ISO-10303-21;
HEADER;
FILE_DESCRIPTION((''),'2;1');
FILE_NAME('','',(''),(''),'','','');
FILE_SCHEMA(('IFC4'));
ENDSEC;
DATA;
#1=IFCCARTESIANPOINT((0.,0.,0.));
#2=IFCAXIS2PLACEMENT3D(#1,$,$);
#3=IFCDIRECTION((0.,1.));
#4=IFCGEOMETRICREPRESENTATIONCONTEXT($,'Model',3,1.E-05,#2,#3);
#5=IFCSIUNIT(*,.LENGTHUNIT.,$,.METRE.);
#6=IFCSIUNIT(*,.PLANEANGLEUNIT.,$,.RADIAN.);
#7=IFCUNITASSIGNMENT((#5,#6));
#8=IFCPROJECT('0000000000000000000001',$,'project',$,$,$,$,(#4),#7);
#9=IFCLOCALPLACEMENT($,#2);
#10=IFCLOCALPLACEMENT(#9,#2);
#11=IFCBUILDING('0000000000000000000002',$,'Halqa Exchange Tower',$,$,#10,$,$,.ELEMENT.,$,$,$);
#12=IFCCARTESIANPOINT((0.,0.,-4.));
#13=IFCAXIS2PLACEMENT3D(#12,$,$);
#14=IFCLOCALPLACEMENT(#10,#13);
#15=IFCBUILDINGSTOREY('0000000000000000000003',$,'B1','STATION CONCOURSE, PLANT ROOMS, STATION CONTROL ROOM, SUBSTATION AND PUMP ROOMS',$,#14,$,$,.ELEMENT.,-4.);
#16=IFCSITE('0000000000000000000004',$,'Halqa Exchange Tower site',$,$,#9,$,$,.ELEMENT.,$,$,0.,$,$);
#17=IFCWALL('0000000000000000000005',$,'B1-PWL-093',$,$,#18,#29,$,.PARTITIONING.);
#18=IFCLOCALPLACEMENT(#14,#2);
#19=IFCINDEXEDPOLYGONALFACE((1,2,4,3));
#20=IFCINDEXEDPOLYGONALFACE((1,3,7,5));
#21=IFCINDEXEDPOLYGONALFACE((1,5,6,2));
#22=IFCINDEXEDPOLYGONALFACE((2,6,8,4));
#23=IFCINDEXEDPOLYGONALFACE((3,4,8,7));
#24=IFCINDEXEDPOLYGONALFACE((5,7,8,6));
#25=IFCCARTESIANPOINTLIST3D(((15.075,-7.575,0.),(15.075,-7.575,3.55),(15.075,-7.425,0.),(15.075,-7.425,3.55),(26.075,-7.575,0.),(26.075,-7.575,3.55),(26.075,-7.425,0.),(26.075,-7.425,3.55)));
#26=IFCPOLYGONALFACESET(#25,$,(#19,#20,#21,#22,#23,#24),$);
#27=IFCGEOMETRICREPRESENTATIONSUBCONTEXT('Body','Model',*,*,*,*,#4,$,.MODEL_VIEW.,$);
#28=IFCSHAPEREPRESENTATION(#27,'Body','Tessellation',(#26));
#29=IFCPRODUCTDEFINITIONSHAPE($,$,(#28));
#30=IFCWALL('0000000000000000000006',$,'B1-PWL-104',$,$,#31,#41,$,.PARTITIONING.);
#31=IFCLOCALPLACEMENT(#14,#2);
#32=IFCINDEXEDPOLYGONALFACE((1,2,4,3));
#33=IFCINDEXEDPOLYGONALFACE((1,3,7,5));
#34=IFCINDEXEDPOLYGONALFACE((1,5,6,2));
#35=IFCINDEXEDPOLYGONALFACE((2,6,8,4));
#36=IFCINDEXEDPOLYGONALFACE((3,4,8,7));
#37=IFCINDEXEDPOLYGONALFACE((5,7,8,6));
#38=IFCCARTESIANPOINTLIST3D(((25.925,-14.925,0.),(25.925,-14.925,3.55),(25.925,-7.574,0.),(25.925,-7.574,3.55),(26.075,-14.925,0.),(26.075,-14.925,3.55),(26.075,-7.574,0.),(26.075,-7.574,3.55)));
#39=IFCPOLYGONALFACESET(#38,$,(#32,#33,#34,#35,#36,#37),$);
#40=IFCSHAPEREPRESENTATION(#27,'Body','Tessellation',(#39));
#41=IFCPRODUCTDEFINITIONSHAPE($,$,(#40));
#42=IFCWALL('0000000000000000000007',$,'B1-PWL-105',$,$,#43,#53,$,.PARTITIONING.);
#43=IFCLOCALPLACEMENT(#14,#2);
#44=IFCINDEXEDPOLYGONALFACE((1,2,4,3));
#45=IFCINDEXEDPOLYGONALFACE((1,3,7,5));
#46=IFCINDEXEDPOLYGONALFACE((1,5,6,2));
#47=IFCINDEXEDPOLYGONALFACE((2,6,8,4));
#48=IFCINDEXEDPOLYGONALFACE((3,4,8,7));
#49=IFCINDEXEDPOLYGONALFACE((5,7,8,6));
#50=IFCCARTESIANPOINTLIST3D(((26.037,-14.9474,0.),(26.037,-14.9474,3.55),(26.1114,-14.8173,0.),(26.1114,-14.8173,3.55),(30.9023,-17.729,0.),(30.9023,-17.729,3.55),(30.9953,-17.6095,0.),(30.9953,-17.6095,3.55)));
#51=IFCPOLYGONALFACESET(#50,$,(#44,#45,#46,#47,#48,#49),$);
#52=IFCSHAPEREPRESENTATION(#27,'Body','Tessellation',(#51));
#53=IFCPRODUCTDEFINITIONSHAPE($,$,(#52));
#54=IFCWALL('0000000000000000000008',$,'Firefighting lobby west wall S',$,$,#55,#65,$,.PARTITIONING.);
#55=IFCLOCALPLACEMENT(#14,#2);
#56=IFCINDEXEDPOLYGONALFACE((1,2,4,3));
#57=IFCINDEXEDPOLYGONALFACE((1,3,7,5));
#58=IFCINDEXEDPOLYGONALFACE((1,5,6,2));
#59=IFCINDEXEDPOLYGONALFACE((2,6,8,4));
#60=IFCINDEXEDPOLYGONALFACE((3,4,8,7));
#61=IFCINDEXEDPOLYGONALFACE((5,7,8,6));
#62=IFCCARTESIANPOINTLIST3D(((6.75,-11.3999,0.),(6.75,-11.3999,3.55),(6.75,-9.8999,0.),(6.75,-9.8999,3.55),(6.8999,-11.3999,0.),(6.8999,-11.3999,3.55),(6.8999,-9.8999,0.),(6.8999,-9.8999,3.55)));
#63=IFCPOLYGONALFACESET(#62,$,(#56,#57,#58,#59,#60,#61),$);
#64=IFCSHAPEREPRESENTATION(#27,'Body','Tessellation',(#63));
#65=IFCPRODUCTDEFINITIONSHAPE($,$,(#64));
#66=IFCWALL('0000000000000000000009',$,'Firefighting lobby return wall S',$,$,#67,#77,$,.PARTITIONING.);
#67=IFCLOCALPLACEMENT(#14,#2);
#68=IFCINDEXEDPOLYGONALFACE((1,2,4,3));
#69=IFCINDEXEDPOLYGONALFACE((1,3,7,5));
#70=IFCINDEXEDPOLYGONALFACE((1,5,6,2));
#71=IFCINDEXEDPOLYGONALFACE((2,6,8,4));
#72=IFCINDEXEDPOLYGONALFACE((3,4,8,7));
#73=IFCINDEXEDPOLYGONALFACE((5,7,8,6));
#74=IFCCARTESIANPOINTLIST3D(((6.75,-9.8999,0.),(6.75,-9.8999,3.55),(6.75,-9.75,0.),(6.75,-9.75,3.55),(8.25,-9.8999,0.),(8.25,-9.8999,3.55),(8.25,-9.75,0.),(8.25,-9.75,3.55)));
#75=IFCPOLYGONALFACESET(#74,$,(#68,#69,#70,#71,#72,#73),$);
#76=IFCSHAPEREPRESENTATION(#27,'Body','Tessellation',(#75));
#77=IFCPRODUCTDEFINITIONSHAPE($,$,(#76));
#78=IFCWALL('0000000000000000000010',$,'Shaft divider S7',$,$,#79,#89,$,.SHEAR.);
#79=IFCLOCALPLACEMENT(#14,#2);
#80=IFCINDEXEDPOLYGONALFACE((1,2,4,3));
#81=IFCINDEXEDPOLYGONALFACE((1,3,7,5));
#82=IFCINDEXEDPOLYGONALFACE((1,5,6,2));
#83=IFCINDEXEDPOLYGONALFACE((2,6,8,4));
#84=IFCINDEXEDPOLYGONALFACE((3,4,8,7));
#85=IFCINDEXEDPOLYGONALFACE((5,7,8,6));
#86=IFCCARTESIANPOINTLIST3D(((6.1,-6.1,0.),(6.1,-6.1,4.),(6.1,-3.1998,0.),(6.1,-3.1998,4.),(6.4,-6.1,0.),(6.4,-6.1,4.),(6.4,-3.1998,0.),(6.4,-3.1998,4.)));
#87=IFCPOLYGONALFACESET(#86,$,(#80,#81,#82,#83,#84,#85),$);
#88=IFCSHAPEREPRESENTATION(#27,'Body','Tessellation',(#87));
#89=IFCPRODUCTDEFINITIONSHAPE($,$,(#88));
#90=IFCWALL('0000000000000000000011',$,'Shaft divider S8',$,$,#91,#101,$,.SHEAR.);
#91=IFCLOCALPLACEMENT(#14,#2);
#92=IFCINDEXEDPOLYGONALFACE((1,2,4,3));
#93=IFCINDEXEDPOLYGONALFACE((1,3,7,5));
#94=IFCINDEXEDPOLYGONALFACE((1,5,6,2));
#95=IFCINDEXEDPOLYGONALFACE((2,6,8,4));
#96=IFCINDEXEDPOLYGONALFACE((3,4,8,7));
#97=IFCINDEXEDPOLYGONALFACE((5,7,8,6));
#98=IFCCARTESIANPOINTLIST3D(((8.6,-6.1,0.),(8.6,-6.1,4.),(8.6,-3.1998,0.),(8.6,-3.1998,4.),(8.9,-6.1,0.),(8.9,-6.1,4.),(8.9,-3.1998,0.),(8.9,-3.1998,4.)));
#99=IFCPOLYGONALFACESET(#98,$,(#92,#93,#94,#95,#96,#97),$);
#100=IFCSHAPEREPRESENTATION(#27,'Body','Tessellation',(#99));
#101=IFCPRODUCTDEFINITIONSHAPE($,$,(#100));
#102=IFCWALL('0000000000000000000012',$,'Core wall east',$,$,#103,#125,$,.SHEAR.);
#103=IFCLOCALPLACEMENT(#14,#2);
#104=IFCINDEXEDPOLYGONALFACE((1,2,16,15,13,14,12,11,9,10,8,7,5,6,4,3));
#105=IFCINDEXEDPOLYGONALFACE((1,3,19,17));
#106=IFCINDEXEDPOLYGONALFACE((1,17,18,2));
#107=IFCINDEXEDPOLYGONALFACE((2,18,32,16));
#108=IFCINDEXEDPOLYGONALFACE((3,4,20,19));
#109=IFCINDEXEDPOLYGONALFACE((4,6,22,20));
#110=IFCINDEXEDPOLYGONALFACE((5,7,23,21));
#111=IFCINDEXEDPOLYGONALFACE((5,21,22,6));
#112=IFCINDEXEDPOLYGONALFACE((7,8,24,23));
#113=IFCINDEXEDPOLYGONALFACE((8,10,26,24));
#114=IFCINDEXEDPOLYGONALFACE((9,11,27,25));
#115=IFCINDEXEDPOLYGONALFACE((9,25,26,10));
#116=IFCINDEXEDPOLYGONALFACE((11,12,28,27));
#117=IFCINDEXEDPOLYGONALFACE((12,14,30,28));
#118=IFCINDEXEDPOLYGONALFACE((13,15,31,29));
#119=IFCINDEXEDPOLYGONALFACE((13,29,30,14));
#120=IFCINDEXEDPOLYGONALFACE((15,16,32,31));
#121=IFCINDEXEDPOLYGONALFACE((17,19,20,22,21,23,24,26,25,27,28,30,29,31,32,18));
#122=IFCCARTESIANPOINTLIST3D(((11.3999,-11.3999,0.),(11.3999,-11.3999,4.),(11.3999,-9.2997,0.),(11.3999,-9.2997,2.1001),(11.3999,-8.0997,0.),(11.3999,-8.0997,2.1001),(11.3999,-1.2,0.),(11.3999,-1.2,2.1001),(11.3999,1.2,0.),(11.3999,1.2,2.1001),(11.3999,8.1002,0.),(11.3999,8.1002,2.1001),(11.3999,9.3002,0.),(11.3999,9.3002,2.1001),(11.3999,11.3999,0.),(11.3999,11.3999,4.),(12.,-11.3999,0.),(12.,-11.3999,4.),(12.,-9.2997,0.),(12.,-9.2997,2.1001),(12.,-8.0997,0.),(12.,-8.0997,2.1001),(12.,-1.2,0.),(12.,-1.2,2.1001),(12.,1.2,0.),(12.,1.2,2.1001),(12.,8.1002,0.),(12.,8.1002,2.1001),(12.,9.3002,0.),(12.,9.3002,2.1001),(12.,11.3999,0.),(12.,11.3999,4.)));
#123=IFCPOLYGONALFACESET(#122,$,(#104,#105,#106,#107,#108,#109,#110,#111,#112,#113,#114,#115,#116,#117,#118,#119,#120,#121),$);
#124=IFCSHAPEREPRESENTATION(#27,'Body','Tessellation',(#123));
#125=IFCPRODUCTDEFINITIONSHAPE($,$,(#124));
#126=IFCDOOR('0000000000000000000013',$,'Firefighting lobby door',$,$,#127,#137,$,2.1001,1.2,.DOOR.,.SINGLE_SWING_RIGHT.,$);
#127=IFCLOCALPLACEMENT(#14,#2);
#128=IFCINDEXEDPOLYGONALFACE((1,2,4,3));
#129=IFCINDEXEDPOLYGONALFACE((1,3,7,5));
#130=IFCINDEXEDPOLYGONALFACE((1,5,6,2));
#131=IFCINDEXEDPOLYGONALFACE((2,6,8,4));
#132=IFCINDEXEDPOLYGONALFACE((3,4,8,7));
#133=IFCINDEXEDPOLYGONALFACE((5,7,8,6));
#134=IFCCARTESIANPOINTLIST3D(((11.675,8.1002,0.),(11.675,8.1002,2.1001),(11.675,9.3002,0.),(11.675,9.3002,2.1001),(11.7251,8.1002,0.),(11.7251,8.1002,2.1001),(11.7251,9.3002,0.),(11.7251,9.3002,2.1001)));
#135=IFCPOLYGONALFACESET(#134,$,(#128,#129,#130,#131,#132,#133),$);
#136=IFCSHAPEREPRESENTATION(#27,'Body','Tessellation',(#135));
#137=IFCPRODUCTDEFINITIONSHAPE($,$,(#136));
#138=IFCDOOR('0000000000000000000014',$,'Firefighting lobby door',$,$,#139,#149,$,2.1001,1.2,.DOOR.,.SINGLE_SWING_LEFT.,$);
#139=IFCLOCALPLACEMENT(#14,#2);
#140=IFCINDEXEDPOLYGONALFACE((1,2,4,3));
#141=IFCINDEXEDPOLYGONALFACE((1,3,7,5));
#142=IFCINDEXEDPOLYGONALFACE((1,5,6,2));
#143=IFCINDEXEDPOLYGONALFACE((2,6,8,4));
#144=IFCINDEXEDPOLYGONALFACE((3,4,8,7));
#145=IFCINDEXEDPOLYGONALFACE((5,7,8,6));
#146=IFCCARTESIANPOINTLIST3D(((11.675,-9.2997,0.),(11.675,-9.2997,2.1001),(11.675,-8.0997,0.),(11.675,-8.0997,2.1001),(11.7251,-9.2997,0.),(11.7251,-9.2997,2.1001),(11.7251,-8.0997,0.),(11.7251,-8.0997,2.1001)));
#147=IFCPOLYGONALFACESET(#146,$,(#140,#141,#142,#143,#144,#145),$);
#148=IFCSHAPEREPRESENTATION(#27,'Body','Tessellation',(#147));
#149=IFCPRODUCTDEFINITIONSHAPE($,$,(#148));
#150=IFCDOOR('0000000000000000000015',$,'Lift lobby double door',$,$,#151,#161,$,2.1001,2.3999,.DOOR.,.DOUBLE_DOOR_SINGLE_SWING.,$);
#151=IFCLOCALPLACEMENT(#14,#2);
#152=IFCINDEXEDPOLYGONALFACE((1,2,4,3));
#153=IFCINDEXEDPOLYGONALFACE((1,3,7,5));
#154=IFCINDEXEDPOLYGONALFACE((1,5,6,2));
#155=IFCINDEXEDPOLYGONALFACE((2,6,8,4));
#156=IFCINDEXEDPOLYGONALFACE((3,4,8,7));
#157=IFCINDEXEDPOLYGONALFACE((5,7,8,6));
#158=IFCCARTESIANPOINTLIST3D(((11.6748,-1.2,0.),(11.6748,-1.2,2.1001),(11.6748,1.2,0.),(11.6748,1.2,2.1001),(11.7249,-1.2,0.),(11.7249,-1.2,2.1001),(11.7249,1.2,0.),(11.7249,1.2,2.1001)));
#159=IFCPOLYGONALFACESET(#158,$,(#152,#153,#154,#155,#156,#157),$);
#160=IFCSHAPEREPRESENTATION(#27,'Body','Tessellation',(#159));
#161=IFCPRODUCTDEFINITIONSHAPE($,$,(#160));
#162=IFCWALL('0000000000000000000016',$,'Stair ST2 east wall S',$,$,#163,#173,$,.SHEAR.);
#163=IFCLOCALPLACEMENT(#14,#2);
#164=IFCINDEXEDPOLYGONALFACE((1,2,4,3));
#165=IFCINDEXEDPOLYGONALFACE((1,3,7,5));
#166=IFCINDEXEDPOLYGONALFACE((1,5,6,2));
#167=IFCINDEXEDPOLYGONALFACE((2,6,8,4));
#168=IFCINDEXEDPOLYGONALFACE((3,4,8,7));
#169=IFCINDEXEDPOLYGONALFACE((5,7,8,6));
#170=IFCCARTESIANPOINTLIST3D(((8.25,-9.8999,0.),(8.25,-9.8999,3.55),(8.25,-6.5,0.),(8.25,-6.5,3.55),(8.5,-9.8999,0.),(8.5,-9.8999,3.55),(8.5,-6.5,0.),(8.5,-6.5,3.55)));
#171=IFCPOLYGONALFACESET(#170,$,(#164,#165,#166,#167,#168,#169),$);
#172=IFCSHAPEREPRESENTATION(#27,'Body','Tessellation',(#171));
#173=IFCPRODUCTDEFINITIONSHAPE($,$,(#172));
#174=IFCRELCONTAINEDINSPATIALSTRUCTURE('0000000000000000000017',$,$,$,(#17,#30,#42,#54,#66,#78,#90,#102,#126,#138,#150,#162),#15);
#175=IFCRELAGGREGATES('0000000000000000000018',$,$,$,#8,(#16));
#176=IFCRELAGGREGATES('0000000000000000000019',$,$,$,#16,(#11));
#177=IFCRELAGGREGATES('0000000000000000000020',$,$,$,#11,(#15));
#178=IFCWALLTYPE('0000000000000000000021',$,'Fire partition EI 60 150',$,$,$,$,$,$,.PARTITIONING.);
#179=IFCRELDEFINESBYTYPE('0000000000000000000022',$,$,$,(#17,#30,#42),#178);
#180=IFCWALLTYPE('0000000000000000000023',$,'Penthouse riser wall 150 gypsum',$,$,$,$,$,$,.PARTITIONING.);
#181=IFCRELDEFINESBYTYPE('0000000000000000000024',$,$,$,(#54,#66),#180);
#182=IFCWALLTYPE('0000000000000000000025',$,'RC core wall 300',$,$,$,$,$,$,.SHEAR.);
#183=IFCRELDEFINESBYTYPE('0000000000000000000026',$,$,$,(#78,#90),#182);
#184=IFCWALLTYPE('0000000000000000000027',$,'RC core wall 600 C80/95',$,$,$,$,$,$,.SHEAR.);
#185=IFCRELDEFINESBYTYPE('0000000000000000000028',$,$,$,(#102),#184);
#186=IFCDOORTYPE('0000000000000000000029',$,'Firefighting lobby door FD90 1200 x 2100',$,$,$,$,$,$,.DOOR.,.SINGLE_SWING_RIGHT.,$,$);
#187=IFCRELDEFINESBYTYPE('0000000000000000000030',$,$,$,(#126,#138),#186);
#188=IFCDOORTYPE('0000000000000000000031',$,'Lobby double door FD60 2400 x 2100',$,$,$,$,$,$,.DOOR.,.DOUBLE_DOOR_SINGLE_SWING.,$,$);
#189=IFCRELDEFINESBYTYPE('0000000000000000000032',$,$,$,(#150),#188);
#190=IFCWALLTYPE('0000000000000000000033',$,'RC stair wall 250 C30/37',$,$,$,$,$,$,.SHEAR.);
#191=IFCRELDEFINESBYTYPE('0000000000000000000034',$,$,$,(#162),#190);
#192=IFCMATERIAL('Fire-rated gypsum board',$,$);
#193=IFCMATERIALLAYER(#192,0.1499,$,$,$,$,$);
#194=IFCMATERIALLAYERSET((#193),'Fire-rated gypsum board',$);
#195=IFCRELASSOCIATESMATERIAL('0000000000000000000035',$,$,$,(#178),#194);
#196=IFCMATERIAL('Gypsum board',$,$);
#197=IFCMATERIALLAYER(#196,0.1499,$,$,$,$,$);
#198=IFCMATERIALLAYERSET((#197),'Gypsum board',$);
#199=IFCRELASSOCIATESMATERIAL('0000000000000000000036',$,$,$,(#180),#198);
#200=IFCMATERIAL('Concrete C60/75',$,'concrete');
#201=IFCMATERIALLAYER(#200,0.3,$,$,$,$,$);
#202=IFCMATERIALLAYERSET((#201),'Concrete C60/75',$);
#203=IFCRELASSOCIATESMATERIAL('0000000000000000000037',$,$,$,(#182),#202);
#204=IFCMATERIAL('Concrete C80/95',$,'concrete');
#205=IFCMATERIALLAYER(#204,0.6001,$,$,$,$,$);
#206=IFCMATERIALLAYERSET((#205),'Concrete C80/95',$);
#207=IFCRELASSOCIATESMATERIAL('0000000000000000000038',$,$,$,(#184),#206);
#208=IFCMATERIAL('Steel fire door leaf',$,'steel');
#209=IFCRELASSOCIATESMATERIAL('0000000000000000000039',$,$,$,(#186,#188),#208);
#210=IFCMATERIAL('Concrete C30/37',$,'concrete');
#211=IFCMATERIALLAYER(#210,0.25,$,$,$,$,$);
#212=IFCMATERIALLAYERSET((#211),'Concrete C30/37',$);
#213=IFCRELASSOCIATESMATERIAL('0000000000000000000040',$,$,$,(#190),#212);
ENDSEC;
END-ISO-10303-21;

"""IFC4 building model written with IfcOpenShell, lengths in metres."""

from ifc_helpers import new_model, si_unit, direction, frame, frame_2d, origin, place, context, subcontext, project, spatial, polyline, rectangle, outline, extrude, material, layer, layer_set, type_object, element, fill, save


model = new_model("IFC4")

# Units and contexts
model_context = context("Model", 3, precision=1e-05, world=origin(), true_north=direction((0.0, 1.0)))
body_context = subcontext(model_context, "Body", "Model", "MODEL_VIEW")
ifc_project = project(units=[si_unit("LENGTHUNIT", "METRE"), si_unit("PLANEANGLEUNIT", "RADIAN")], contexts=[model_context])

# Site, building, storey
site_placement = place(None, origin())
site = spatial("IfcSite", under=ifc_project, at=site_placement, Name="Halqa Exchange Tower site", CompositionType="ELEMENT", RefElevation=0.0)
building_placement = place(site_placement, origin())
building = spatial("IfcBuilding", under=site, at=building_placement, Name="Halqa Exchange Tower", CompositionType="ELEMENT")
storey_placement = place(building_placement, frame((0.0, 0.0, -4.0)))
storey = spatial("IfcBuildingStorey", under=building, at=storey_placement, Name="B1", Description="STATION CONCOURSE, PLANT ROOMS, STATION CONTROL ROOM, SUBSTATION AND PUMP ROOMS", CompositionType="ELEMENT", Elevation=-4.0)

# Shared definitions
ifc_material_1 = material(Name="Fire-rated gypsum board")
ifc_layer_1 = layer(ifc_material_1, 0.1499)
ifc_layer_set_1 = layer_set([ifc_layer_1], Name="Fire-rated gypsum board")
wall_type_1 = type_object("IfcWallType", Name="Fire partition EI 60 150", PredefinedType="PARTITIONING", material=ifc_layer_set_1)

# Shared definitions
ifc_material_2 = material(Name="Steel fire door leaf", Category="steel")

# Walls
wall_1_placement = place(storey_placement, frame((15.075, -7.5, 0.0), z_axis=(0.0, 0.0, 1.0), x_axis=(1.0, 0.0, 0.0)))
element("IfcWall", 1, at=wall_1_placement, inside=storey, type_object=wall_type_1, Name="B1-PWL-093", PredefinedType="PARTITIONING", context=body_context, shape_type="SweptSolid", body=[
    extrude(rectangle(XDim=11.0, YDim=0.1499, at=frame_2d((5.5, 0.0))), origin(), (0.0, 0.0, 1.0), 3.55),
])
wall_2_placement = place(storey_placement, frame((26.0, -14.925, 0.0), z_axis=(0.0, 0.0, 1.0), x_axis=(0.0, 1.0, 0.0)))
element("IfcWall", 2, at=wall_2_placement, inside=storey, type_object=wall_type_1, Name="B1-PWL-104", PredefinedType="PARTITIONING", context=body_context, shape_type="SweptSolid", body=[
    extrude(rectangle(XDim=7.3511, YDim=0.1499, at=frame_2d((3.6755, 0.0))), origin(), (0.0, 0.0, 1.0), 3.55),
])
wall_3_placement = place(storey_placement, frame((26.0742, -14.8823, 0.0), z_axis=(0.0, 0.0, 1.0), x_axis=(0.868133, -0.496331, 0.0)))
element("IfcWall", 3, at=wall_3_placement, inside=storey, type_object=wall_type_1, Name="B1-PWL-105", PredefinedType="PARTITIONING", context=body_context, shape_type="SweptSolid", body=[
    extrude(outline(polyline([(0.0, -0.075), (5.6042, -0.075), (5.6257, 0.075), (0.0, 0.075), (0.0, -0.075)])), origin(), (0.0, 0.0, 1.0), 3.55),
])
ifc_material_3 = material(Name="Gypsum board")
ifc_layer_2 = layer(ifc_material_3, 0.1499)
ifc_layer_set_2 = layer_set([ifc_layer_2], Name="Gypsum board")
wall_type_2 = type_object("IfcWallType", Name="Penthouse riser wall 150 gypsum", PredefinedType="PARTITIONING", material=ifc_layer_set_2)
for number, where, z_axis, x_axis, name in (
    (4, (6.825, -11.3999, 0.0), (0.0, 0.0, 1.0), (0.0, 1.0, 0.0), "Firefighting lobby west wall S"),
    (5, (6.75, -9.825, 0.0), (0.0, 0.0, 1.0), (1.0, 0.0, 0.0), "Firefighting lobby return wall S"),
):
    element("IfcWall", number, at=place(storey_placement, frame(where, z_axis=z_axis, x_axis=x_axis)), inside=storey, type_object=wall_type_2, Name=name, PredefinedType="PARTITIONING", context=body_context, shape_type="SweptSolid", body=[
        extrude(rectangle(XDim=1.5, YDim=0.1499, at=frame_2d((0.75, 0.0))), origin(), (0.0, 0.0, 1.0), 3.55),
    ])
ifc_material_4 = material(Name="Concrete C60/75", Category="concrete")
ifc_layer_3 = layer(ifc_material_4, 0.3)
ifc_layer_set_3 = layer_set([ifc_layer_3], Name="Concrete C60/75")
wall_type_3 = type_object("IfcWallType", Name="RC core wall 300", PredefinedType="SHEAR", material=ifc_layer_set_3)
for number, where, z_axis, x_axis, name in (
    (6, (6.25, -6.1001, 0.0), (0.0, 0.0, 1.0), (0.0, 1.0, 0.0), "Shaft divider S7"),
    (7, (8.75, -6.1001, 0.0), (0.0, 0.0, 1.0), (0.0, 1.0, 0.0), "Shaft divider S8"),
):
    element("IfcWall", number, at=place(storey_placement, frame(where, z_axis=z_axis, x_axis=x_axis)), inside=storey, type_object=wall_type_3, Name=name, PredefinedType="SHEAR", context=body_context, shape_type="SweptSolid", body=[
        extrude(rectangle(XDim=2.9001, YDim=0.3, at=frame_2d((1.4502, 0.0))), origin(), (0.0, 0.0, 1.0), 4.0),
    ])

# Wall, openings, doors
ifc_material_5 = material(Name="Concrete C80/95", Category="concrete")
ifc_layer_4 = layer(ifc_material_5, 0.6001)
ifc_layer_set_4 = layer_set([ifc_layer_4], Name="Concrete C80/95")
wall_type_4 = type_object("IfcWallType", Name="RC core wall 600 C80/95", PredefinedType="SHEAR", material=ifc_layer_set_4)
wall_4_placement = place(storey_placement, frame((11.7, -11.3999, 0.0), z_axis=(0.0, 0.0, 1.0), x_axis=(0.0, 1.0, 0.0)))
wall_4 = element("IfcWall", 8, at=wall_4_placement, inside=storey, type_object=wall_type_4, Name="Core wall east", PredefinedType="SHEAR", context=body_context, shape_type="SweptSolid", body=[
    extrude(rectangle(XDim=22.7998, YDim=0.6001, at=frame_2d((11.3999, 0.0))), origin(), (0.0, 0.0, 1.0), 4.0),
])
opening_1_placement = place(wall_4_placement, frame((10.2, 0.0, 0.0)))
opening_1 = element("IfcOpeningElement", 9, at=opening_1_placement, cuts=wall_4, PredefinedType="OPENING", context=body_context, shape_type="SweptSolid", body=[
    extrude(rectangle(XDim=2.3999, YDim=2.1001, at=frame_2d((1.2, 1.05))), frame((0.0, 0.312, 0.0), z_axis=(0.0, -1.0, 0.0), x_axis=(1.0, 0.0, 0.0)), (0.0, 0.0, 1.0), 0.624),
])
opening_2_placement = place(wall_4_placement, frame((19.5, 0.0, 0.0)))
opening_2 = element("IfcOpeningElement", 10, at=opening_2_placement, cuts=wall_4, PredefinedType="OPENING", context=body_context, shape_type="SweptSolid", body=[
    extrude(rectangle(XDim=1.2, YDim=2.1001, at=frame_2d((0.6001, 1.05))), frame((0.0, 0.312, 0.0), z_axis=(0.0, -1.0, 0.0), x_axis=(1.0, 0.0, 0.0)), (0.0, 0.0, 1.0), 0.624),
])
opening_3_placement = place(wall_4_placement, frame((2.1001, 0.0, 0.0)))
opening_3 = element("IfcOpeningElement", 11, at=opening_3_placement, cuts=wall_4, PredefinedType="OPENING", context=body_context, shape_type="SweptSolid", body=[
    extrude(rectangle(XDim=1.2, YDim=2.1001, at=frame_2d((0.6001, 1.05))), frame((0.0, 0.312, 0.0), z_axis=(0.0, -1.0, 0.0), x_axis=(1.0, 0.0, 0.0)), (0.0, 0.0, 1.0), 0.624),
])
door_type_1 = type_object("IfcDoorType", Name="Firefighting lobby door FD90 1200 x 2100", OperationType="SINGLE_SWING_RIGHT", PredefinedType="DOOR", material=ifc_material_2)
door_1_placement = place(opening_2_placement, origin())
door_1 = element("IfcDoor", 12, at=door_1_placement, inside=storey, type_object=door_type_1, Name="Firefighting lobby door", OperationType="SINGLE_SWING_RIGHT", OverallHeight=2.1001, OverallWidth=1.2, PredefinedType="DOOR", context=body_context, shape_type="SweptSolid", body=[
    extrude(rectangle(XDim=1.2, YDim=2.1001, at=frame_2d((0.6001, 1.05))), frame((0.0, 0.0249, 0.0), z_axis=(0.0, -1.0, 0.0), x_axis=(1.0, 0.0, 0.0)), (0.0, 0.0, 1.0), 0.05),
])
fill(opening_2, door_1)
door_2_placement = place(opening_3_placement, origin())
door_2 = element("IfcDoor", 13, at=door_2_placement, inside=storey, type_object=door_type_1, Name="Firefighting lobby door", OperationType="SINGLE_SWING_LEFT", OverallHeight=2.1001, OverallWidth=1.2, PredefinedType="DOOR", context=body_context, shape_type="SweptSolid", body=[
    extrude(rectangle(XDim=1.2, YDim=2.1001, at=frame_2d((0.6001, 1.05))), frame((0.0, 0.0249, 0.0), z_axis=(0.0, -1.0, 0.0), x_axis=(1.0, 0.0, 0.0)), (0.0, 0.0, 1.0), 0.05),
])
fill(opening_3, door_2)
door_type_2 = type_object("IfcDoorType", Name="Lobby double door FD60 2400 x 2100", OperationType="DOUBLE_DOOR_SINGLE_SWING", PredefinedType="DOOR", material=ifc_material_2)
door_3_placement = place(opening_1_placement, frame((2.3999, 0.0, 0.0), z_axis=(0.0, 0.0, 1.0), x_axis=(-1.0, 0.0, 0.0)))
door_3 = element("IfcDoor", 14, at=door_3_placement, inside=storey, type_object=door_type_2, Name="Lift lobby double door", OperationType="DOUBLE_DOOR_SINGLE_SWING", OverallHeight=2.1001, OverallWidth=2.3999, PredefinedType="DOOR", context=body_context, shape_type="SweptSolid", body=[
    extrude(rectangle(XDim=2.3999, YDim=2.1001, at=frame_2d((1.2, 1.05))), frame((0.0, 0.0249, 0.0), z_axis=(0.0, -1.0, 0.0), x_axis=(1.0, 0.0, 0.0)), (0.0, 0.0, 1.0), 0.05),
])
fill(opening_1, door_3)

# Wall
ifc_material_6 = material(Name="Concrete C30/37", Category="concrete")
ifc_layer_5 = layer(ifc_material_6, 0.25)
ifc_layer_set_5 = layer_set([ifc_layer_5], Name="Concrete C30/37")
wall_type_5 = type_object("IfcWallType", Name="RC stair wall 250 C30/37", PredefinedType="SHEAR", material=ifc_layer_set_5)
wall_5_placement = place(storey_placement, frame((8.375, -9.8999, 0.0), z_axis=(0.0, 0.0, 1.0), x_axis=(0.0, 1.0, 0.0)))
element("IfcWall", 15, at=wall_5_placement, inside=storey, type_object=wall_type_5, Name="Stair ST2 east wall S", PredefinedType="SHEAR", context=body_context, shape_type="SweptSolid", body=[
    extrude(rectangle(XDim=3.3999, YDim=0.25, at=frame_2d((1.7, 0.0))), origin(), (0.0, 0.0, 1.0), 3.55),
])

save(model, "model.ifc")
